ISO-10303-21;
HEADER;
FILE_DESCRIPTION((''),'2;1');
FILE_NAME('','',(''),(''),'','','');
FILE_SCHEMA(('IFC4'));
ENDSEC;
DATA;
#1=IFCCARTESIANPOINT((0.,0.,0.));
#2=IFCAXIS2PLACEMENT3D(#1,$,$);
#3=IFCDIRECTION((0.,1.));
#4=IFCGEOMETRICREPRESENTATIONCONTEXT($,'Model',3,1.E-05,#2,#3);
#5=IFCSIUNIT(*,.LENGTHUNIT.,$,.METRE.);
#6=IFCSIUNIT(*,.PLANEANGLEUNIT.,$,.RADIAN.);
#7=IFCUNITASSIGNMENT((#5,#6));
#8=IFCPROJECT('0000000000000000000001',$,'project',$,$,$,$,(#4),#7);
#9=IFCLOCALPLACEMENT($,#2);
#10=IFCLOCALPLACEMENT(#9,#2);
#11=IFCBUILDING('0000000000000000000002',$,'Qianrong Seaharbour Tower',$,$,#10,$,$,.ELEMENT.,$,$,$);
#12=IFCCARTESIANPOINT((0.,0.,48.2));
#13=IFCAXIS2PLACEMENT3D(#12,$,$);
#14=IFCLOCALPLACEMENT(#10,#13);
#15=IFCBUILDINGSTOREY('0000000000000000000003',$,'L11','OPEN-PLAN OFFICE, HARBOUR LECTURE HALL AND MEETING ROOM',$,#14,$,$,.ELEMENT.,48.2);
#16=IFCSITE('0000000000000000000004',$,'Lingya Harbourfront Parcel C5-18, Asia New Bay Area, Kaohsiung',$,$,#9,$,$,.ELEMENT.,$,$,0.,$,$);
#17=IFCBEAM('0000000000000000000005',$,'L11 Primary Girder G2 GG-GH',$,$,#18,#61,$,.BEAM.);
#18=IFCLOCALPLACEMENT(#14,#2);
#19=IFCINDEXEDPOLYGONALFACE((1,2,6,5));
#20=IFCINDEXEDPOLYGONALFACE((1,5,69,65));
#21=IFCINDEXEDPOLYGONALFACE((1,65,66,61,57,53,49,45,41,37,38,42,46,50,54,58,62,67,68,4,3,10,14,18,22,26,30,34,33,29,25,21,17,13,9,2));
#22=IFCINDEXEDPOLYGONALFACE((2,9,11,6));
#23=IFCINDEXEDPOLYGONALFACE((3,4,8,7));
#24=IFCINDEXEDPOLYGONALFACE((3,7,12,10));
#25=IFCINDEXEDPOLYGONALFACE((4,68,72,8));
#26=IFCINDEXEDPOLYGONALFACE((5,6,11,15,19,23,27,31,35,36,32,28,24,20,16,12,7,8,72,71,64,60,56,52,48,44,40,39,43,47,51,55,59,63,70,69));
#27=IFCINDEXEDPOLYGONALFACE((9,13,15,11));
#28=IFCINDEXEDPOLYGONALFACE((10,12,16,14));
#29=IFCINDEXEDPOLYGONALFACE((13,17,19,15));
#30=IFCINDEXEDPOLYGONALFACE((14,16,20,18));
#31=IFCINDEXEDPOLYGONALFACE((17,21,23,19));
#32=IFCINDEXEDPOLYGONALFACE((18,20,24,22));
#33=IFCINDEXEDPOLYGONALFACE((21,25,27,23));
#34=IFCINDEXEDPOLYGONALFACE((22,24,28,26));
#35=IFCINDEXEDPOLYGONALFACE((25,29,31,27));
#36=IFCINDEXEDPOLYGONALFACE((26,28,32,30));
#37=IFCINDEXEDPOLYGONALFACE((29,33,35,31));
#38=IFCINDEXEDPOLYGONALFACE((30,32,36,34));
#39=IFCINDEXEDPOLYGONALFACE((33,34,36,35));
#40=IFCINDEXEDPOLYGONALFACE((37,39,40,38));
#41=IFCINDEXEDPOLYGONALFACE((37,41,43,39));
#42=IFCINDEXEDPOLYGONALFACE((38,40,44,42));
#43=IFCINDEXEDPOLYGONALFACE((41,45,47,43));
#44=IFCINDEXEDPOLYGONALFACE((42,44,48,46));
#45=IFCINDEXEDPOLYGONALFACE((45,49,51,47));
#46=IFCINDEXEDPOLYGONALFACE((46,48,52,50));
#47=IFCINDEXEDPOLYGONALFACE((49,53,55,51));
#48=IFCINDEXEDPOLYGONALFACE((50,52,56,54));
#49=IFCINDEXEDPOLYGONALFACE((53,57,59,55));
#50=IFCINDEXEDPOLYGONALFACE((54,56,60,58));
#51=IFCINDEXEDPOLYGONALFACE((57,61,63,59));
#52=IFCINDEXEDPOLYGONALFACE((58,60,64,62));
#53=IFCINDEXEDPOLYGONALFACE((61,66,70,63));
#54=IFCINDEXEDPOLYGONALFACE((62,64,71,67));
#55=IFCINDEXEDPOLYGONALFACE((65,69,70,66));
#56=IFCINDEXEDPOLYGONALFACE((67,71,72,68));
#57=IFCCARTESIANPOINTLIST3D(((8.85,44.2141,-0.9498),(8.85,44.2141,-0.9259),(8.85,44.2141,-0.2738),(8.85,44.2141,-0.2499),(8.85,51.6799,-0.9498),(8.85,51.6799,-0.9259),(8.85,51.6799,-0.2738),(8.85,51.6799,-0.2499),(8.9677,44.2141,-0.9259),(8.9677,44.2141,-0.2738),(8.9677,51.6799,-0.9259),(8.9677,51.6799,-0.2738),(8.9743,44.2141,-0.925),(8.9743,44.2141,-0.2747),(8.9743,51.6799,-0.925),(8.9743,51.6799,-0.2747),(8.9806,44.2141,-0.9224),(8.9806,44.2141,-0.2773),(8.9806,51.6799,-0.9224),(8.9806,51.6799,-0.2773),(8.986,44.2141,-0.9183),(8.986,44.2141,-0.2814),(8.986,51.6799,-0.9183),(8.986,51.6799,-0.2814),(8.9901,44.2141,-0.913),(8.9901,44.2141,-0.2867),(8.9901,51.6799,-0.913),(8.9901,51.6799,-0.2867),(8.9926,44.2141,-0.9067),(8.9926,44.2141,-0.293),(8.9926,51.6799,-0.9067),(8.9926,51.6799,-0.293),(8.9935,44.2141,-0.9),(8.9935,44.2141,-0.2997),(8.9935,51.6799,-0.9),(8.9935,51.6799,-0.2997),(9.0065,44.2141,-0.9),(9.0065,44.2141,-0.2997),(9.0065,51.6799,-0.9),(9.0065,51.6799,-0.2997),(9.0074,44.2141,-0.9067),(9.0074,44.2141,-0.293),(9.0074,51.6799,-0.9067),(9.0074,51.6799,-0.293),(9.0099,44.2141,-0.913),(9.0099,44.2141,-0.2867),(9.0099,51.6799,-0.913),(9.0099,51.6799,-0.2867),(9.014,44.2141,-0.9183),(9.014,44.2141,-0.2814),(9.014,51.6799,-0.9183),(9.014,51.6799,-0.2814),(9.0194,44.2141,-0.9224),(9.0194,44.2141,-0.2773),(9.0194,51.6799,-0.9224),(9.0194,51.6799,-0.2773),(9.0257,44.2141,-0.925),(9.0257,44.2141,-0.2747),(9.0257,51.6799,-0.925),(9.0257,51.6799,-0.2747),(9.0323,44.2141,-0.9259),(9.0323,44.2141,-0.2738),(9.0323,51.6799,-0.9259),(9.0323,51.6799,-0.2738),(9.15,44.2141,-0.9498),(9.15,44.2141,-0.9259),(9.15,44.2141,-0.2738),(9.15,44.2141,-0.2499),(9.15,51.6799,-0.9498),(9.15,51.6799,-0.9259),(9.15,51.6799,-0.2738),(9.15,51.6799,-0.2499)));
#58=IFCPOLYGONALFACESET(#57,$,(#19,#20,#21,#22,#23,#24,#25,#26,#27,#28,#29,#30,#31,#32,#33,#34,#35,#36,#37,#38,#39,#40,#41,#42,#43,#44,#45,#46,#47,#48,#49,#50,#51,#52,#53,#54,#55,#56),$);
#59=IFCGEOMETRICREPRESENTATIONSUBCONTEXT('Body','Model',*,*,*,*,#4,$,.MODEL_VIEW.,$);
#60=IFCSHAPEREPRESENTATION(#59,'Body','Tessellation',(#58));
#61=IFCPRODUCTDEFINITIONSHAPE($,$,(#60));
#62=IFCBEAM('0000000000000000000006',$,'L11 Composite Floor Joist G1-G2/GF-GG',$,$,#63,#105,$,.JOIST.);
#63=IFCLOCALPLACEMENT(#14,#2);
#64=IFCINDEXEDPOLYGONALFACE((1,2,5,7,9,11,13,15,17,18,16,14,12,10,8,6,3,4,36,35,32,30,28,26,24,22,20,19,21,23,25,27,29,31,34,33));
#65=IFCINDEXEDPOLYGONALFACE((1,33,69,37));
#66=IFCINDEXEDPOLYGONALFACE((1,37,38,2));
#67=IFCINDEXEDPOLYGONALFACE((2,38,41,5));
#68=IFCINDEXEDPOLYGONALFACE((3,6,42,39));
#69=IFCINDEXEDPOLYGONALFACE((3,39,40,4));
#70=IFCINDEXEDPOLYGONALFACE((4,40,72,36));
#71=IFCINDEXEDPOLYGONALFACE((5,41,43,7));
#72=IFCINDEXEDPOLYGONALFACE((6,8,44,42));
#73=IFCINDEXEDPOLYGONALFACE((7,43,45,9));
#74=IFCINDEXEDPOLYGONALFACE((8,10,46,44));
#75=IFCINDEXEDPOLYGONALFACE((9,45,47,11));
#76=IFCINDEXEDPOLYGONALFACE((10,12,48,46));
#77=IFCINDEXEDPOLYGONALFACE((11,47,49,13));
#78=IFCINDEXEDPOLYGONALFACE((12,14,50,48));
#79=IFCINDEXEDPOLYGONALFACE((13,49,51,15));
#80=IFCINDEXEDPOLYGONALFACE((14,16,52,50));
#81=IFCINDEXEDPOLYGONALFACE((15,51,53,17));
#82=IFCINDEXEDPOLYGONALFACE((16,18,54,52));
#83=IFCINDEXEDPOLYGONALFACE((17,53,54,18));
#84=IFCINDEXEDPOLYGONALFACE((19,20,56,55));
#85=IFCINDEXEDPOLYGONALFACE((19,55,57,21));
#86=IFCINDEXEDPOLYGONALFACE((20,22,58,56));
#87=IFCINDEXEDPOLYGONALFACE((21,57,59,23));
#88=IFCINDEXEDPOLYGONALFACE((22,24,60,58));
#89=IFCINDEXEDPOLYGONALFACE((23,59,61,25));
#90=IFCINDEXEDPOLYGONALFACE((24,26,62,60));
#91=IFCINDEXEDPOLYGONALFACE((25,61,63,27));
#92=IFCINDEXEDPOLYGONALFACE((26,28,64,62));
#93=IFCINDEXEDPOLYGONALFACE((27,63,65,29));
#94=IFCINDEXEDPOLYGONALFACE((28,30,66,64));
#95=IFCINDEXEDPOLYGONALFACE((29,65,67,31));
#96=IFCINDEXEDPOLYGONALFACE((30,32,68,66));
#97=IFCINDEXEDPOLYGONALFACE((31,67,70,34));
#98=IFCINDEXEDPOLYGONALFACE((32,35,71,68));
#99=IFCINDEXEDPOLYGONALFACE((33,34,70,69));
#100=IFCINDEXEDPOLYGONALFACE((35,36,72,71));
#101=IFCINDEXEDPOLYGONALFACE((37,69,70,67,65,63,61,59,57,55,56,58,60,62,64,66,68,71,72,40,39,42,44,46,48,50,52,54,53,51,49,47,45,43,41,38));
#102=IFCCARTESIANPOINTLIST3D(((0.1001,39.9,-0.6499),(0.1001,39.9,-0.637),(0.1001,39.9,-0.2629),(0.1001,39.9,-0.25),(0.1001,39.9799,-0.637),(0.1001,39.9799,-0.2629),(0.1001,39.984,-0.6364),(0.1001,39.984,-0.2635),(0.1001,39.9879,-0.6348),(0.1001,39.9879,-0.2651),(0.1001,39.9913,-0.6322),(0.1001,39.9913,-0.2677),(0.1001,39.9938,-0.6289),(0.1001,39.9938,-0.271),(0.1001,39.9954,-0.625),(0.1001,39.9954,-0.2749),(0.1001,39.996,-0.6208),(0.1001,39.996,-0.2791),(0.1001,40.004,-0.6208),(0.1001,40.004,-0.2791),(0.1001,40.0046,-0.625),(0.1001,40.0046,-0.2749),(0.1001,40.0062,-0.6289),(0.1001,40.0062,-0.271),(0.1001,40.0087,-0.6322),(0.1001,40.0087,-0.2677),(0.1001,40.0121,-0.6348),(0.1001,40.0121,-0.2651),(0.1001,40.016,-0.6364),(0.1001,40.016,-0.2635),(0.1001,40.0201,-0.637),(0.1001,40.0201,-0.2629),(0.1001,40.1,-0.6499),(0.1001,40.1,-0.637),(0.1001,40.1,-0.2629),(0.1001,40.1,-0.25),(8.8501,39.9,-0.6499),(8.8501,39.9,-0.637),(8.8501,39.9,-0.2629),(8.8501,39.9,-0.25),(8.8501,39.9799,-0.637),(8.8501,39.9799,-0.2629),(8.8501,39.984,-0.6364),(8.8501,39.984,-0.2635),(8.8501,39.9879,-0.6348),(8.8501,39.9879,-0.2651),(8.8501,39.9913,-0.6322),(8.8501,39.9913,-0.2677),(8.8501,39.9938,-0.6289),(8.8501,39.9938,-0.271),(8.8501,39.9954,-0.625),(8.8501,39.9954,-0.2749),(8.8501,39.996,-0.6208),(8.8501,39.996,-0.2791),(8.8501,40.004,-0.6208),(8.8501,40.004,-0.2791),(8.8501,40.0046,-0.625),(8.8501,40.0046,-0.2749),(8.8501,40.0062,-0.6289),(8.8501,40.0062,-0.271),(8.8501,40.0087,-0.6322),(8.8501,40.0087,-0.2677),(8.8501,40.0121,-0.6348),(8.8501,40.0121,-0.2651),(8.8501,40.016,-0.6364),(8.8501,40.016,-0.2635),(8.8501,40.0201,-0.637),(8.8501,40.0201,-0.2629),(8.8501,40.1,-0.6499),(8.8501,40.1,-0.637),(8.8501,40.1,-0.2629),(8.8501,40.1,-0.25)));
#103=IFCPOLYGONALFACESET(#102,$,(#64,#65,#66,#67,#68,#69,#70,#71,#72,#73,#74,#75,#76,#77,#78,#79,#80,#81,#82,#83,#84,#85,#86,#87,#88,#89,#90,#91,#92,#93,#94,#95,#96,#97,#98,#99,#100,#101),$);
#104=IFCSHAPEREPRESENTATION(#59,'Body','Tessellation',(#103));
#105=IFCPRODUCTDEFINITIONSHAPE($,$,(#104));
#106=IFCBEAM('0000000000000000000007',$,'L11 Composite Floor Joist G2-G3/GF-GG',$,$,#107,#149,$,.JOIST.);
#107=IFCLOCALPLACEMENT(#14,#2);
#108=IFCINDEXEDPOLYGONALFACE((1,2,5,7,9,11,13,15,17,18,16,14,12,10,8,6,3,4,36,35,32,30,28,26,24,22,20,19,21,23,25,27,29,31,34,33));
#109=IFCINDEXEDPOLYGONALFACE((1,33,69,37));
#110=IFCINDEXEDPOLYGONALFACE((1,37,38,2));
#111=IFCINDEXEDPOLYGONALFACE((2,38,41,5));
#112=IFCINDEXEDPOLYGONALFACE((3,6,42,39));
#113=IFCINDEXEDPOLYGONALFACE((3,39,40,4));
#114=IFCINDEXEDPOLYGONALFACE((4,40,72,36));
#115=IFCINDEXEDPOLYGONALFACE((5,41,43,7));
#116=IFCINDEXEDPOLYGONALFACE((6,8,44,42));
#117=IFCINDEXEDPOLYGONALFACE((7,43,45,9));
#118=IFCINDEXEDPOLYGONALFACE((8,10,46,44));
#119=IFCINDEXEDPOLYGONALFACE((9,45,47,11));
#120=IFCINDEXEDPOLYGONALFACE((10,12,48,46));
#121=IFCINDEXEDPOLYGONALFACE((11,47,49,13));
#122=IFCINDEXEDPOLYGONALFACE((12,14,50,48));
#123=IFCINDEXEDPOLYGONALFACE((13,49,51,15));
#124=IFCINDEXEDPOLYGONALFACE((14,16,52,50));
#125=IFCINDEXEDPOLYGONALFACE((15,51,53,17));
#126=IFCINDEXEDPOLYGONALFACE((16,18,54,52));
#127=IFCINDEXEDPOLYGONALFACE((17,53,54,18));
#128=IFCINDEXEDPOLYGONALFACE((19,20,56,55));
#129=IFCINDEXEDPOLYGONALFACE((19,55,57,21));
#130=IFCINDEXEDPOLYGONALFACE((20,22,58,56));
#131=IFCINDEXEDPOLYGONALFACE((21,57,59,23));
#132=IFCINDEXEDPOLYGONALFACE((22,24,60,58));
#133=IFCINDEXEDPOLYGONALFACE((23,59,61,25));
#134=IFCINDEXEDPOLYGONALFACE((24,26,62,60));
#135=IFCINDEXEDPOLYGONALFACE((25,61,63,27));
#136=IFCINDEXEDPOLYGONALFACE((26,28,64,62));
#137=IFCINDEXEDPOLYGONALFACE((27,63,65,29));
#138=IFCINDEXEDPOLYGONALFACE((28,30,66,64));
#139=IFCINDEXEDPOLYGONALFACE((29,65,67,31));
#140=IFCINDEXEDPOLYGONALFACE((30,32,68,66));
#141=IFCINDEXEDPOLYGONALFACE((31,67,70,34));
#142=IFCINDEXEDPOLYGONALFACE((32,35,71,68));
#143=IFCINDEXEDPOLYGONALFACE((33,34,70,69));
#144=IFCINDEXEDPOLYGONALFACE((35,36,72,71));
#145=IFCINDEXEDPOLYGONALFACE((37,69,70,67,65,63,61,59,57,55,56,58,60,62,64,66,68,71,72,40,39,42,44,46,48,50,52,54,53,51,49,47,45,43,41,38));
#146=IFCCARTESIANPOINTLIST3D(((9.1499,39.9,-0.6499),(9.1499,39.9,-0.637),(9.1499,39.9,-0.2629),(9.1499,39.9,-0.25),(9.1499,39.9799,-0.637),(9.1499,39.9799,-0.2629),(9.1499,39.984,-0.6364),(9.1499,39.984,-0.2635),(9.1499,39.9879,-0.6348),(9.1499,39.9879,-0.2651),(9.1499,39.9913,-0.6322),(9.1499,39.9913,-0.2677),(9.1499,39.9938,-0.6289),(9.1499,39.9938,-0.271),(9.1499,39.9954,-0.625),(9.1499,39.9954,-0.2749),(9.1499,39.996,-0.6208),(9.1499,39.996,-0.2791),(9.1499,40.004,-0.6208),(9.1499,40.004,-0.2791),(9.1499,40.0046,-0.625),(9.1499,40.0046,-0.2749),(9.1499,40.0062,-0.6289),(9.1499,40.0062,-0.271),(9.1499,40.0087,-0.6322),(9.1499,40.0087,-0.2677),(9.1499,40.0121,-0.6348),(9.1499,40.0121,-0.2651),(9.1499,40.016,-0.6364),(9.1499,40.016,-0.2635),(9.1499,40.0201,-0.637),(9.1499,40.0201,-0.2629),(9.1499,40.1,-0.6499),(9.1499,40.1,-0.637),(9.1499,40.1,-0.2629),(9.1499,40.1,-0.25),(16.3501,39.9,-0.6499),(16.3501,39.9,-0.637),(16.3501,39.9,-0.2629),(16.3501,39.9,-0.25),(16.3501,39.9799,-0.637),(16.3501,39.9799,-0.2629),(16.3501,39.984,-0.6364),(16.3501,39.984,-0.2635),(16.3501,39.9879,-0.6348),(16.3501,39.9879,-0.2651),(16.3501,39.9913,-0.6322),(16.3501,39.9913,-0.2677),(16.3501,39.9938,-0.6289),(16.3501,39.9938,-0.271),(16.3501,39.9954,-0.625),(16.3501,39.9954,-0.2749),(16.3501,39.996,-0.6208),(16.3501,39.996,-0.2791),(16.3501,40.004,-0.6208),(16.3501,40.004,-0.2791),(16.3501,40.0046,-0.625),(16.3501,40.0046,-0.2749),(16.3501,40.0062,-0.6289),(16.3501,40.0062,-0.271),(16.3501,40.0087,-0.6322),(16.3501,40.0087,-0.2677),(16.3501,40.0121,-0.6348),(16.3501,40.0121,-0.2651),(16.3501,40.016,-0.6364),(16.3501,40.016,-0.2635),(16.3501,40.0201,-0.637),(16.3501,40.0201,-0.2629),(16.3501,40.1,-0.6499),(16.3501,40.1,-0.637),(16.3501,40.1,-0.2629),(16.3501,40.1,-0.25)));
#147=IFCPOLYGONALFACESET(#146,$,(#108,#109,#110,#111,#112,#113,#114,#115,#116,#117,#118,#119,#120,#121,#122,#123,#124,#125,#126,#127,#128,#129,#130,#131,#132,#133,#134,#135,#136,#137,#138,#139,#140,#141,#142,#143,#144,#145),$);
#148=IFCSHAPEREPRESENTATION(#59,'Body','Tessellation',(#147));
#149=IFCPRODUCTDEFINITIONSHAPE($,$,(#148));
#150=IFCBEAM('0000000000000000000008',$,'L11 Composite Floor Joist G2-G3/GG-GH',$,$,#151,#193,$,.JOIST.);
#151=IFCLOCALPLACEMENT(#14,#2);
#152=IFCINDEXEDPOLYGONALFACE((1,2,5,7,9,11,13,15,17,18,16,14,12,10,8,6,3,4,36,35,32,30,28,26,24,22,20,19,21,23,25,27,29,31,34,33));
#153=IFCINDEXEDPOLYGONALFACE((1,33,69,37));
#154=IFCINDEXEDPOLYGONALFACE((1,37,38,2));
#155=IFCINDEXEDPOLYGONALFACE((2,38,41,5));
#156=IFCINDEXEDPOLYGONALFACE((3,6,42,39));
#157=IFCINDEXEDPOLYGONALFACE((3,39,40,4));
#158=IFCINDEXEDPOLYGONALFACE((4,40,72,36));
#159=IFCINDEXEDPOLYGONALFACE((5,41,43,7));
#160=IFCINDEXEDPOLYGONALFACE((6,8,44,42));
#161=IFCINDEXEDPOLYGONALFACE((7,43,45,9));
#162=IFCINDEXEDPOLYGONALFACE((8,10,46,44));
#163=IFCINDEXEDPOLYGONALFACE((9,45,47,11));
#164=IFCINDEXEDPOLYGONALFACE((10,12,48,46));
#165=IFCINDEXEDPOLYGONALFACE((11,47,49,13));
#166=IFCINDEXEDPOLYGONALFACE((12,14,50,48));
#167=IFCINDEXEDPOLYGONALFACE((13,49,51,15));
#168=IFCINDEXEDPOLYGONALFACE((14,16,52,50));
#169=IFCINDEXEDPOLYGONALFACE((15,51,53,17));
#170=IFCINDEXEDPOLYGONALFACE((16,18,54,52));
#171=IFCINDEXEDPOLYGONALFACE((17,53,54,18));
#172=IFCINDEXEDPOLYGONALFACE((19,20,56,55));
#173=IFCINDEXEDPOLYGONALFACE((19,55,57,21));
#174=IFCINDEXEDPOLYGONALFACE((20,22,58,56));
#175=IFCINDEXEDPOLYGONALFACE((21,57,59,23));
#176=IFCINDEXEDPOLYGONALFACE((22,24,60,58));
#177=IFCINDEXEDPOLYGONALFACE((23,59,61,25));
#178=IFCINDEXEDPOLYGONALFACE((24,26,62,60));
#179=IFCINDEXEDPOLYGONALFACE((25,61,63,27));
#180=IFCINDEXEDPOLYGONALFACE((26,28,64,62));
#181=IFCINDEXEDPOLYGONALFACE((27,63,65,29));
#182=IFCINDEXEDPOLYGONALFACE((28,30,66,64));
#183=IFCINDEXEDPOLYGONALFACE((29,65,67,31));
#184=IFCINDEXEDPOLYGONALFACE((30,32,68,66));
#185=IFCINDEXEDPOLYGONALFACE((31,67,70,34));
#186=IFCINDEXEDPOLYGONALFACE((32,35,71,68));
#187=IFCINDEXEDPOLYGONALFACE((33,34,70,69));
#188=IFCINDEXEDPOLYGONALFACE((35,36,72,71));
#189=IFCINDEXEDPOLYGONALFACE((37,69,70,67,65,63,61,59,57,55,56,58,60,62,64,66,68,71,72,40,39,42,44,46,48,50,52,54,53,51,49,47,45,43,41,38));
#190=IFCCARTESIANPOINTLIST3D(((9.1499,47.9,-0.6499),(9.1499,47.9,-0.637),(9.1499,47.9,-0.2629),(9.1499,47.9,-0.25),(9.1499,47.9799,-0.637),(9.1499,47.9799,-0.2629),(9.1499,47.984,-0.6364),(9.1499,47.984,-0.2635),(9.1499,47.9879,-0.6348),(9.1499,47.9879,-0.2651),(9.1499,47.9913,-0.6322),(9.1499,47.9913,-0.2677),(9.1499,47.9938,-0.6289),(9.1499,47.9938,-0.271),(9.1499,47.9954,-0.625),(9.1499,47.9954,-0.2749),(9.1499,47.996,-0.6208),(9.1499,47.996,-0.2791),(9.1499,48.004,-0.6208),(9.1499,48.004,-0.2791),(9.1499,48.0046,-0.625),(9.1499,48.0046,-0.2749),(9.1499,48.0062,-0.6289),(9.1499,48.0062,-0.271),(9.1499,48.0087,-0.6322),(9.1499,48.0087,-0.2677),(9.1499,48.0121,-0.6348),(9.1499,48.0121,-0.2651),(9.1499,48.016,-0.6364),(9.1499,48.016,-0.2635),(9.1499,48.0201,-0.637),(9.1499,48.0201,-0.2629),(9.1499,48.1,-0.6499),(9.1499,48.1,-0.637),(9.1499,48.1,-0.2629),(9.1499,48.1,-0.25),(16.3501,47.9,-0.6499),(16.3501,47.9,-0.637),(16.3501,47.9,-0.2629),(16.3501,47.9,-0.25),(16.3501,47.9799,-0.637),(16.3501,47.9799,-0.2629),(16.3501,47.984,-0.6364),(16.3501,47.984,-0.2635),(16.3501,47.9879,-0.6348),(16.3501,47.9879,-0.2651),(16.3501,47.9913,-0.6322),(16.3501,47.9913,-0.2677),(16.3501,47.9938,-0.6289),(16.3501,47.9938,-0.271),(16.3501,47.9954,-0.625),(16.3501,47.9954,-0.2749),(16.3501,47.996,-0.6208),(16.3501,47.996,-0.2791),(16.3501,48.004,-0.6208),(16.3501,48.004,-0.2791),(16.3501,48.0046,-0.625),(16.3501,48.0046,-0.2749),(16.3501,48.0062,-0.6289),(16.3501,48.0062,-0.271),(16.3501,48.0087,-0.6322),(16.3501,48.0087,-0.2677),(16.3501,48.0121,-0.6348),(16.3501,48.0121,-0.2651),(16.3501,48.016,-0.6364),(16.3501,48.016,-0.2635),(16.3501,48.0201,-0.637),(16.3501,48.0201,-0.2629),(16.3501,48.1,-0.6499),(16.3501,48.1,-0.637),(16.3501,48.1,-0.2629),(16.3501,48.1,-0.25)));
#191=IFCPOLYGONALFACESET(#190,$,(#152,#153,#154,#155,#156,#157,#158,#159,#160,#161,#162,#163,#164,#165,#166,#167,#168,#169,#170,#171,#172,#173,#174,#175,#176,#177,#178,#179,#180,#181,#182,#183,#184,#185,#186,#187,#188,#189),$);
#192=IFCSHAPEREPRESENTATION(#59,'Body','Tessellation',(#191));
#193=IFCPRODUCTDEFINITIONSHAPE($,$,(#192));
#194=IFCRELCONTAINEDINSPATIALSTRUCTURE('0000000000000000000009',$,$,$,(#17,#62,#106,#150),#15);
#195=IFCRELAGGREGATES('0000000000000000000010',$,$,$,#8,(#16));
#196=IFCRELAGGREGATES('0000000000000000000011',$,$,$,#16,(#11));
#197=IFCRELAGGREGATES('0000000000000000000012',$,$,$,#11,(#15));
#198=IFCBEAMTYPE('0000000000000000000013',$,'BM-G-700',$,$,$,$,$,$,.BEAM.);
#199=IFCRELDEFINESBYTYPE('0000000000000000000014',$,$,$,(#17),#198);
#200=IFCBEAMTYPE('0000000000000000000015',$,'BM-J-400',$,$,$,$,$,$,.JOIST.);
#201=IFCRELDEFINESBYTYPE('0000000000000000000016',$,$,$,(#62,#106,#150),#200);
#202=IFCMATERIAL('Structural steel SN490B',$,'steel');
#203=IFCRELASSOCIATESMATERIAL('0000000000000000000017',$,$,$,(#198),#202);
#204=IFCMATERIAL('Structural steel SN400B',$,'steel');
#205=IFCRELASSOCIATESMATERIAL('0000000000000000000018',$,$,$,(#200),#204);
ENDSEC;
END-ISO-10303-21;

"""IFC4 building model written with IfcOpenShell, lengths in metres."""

from ifc_helpers import new_model, si_unit, direction, frame, origin, origin_2d, place, context, subcontext, project, spatial, i_section, extrude, material, material_profile, profile_set, type_object, element, save


model = new_model("IFC4")

# Units and contexts
model_context = context("Model", 3, precision=1e-05, world=origin(), true_north=direction((0.0, 1.0)))
body_context = subcontext(model_context, "Body", "Model", "MODEL_VIEW")
ifc_project = project(units=[si_unit("LENGTHUNIT", "METRE"), si_unit("PLANEANGLEUNIT", "RADIAN")], contexts=[model_context])

# Site, building, storey
site_placement = place(None, origin())
site = spatial("IfcSite", under=ifc_project, at=site_placement, Name="Lingya Harbourfront Parcel C5-18, Asia New Bay Area, Kaohsiung", CompositionType="ELEMENT", RefElevation=0.0)
building_placement = place(site_placement, origin())
building = spatial("IfcBuilding", under=site, at=building_placement, Name="Qianrong Seaharbour Tower", CompositionType="ELEMENT")
storey_placement = place(building_placement, frame((0.0, 0.0, 48.2)))
storey = spatial("IfcBuildingStorey", under=building, at=storey_placement, Name="L11", Description="OPEN-PLAN OFFICE, HARBOUR LECTURE HALL AND MEETING ROOM", CompositionType="ELEMENT", Elevation=48.2)

# Shared definitions
ifc_material_1 = material(Name="Structural steel SN490B", Category="steel")

# Beams
ifc_material_profile_1 = material_profile(ifc_material_1, i_section(OverallWidth=0.3, OverallDepth=0.7, WebThickness=0.0129, FlangeThickness=0.0239, FilletRadius=0.0259, at=origin_2d()), Name="H700x300x13x24")
ifc_profile_set_1 = profile_set([ifc_material_profile_1], Name="Structural steel SN490B")
beam_type_1 = type_object("IfcBeamType", Name="BM-G-700", PredefinedType="BEAM", material=ifc_profile_set_1)
for number, where, z_axis, x_axis, name in (
    (1, (9.0, 44.2141, -0.5999), (0.0, 1.0, 0.0), (-1.0, 0.0, 0.0), "L11 Primary Girder G2 GG-GH"),
):
    element("IfcBeam", number, at=place(storey_placement, frame(where, z_axis=z_axis, x_axis=x_axis)), inside=storey, type_object=beam_type_1, Name=name, PredefinedType="BEAM", context=body_context, shape_type="SweptSolid", body=[
        extrude(i_section(OverallWidth=0.3, OverallDepth=0.7, WebThickness=0.0129, FlangeThickness=0.0239, FilletRadius=0.0259, at=origin_2d()), origin(), (0.0, 0.0, 1.0), 7.4658),
    ])
ifc_material_2 = material(Name="Structural steel SN400B", Category="steel")
ifc_material_profile_2 = material_profile(ifc_material_2, i_section(OverallWidth=0.2, OverallDepth=0.3999, WebThickness=0.0081, FlangeThickness=0.0129, FilletRadius=0.0161, at=origin_2d()), Name="H400x200x8x13")
ifc_profile_set_2 = profile_set([ifc_material_profile_2], Name="Structural steel SN400B")
beam_type_2 = type_object("IfcBeamType", Name="BM-J-400", PredefinedType="JOIST", material=ifc_profile_set_2)
beam_1_placement = place(storey_placement, frame((0.1001, 40.0, -0.45), z_axis=(1.0, 0.0, 0.0), x_axis=(0.0, 1.0, 0.0)))
element("IfcBeam", 2, at=beam_1_placement, inside=storey, type_object=beam_type_2, Name="L11 Composite Floor Joist G1-G2/GF-GG", PredefinedType="JOIST", context=body_context, shape_type="SweptSolid", body=[
    extrude(i_section(OverallWidth=0.2, OverallDepth=0.3999, WebThickness=0.0081, FlangeThickness=0.0129, FilletRadius=0.0161, at=origin_2d()), origin(), (0.0, 0.0, 1.0), 8.75),
])
for number, where, z_axis, x_axis, name in (
    (3, (9.1499, 40.0, -0.45), (1.0, 0.0, 0.0), (0.0, 1.0, 0.0), "L11 Composite Floor Joist G2-G3/GF-GG"),
    (4, (9.1499, 48.0, -0.45), (1.0, 0.0, 0.0), (0.0, 1.0, 0.0), "L11 Composite Floor Joist G2-G3/GG-GH"),
):
    element("IfcBeam", number, at=place(storey_placement, frame(where, z_axis=z_axis, x_axis=x_axis)), inside=storey, type_object=beam_type_2, Name=name, PredefinedType="JOIST", context=body_context, shape_type="SweptSolid", body=[
        extrude(i_section(OverallWidth=0.2, OverallDepth=0.3999, WebThickness=0.0081, FlangeThickness=0.0129, FilletRadius=0.0161, at=origin_2d()), origin(), (0.0, 0.0, 1.0), 7.2002),
    ])

save(model, "model.ifc")
